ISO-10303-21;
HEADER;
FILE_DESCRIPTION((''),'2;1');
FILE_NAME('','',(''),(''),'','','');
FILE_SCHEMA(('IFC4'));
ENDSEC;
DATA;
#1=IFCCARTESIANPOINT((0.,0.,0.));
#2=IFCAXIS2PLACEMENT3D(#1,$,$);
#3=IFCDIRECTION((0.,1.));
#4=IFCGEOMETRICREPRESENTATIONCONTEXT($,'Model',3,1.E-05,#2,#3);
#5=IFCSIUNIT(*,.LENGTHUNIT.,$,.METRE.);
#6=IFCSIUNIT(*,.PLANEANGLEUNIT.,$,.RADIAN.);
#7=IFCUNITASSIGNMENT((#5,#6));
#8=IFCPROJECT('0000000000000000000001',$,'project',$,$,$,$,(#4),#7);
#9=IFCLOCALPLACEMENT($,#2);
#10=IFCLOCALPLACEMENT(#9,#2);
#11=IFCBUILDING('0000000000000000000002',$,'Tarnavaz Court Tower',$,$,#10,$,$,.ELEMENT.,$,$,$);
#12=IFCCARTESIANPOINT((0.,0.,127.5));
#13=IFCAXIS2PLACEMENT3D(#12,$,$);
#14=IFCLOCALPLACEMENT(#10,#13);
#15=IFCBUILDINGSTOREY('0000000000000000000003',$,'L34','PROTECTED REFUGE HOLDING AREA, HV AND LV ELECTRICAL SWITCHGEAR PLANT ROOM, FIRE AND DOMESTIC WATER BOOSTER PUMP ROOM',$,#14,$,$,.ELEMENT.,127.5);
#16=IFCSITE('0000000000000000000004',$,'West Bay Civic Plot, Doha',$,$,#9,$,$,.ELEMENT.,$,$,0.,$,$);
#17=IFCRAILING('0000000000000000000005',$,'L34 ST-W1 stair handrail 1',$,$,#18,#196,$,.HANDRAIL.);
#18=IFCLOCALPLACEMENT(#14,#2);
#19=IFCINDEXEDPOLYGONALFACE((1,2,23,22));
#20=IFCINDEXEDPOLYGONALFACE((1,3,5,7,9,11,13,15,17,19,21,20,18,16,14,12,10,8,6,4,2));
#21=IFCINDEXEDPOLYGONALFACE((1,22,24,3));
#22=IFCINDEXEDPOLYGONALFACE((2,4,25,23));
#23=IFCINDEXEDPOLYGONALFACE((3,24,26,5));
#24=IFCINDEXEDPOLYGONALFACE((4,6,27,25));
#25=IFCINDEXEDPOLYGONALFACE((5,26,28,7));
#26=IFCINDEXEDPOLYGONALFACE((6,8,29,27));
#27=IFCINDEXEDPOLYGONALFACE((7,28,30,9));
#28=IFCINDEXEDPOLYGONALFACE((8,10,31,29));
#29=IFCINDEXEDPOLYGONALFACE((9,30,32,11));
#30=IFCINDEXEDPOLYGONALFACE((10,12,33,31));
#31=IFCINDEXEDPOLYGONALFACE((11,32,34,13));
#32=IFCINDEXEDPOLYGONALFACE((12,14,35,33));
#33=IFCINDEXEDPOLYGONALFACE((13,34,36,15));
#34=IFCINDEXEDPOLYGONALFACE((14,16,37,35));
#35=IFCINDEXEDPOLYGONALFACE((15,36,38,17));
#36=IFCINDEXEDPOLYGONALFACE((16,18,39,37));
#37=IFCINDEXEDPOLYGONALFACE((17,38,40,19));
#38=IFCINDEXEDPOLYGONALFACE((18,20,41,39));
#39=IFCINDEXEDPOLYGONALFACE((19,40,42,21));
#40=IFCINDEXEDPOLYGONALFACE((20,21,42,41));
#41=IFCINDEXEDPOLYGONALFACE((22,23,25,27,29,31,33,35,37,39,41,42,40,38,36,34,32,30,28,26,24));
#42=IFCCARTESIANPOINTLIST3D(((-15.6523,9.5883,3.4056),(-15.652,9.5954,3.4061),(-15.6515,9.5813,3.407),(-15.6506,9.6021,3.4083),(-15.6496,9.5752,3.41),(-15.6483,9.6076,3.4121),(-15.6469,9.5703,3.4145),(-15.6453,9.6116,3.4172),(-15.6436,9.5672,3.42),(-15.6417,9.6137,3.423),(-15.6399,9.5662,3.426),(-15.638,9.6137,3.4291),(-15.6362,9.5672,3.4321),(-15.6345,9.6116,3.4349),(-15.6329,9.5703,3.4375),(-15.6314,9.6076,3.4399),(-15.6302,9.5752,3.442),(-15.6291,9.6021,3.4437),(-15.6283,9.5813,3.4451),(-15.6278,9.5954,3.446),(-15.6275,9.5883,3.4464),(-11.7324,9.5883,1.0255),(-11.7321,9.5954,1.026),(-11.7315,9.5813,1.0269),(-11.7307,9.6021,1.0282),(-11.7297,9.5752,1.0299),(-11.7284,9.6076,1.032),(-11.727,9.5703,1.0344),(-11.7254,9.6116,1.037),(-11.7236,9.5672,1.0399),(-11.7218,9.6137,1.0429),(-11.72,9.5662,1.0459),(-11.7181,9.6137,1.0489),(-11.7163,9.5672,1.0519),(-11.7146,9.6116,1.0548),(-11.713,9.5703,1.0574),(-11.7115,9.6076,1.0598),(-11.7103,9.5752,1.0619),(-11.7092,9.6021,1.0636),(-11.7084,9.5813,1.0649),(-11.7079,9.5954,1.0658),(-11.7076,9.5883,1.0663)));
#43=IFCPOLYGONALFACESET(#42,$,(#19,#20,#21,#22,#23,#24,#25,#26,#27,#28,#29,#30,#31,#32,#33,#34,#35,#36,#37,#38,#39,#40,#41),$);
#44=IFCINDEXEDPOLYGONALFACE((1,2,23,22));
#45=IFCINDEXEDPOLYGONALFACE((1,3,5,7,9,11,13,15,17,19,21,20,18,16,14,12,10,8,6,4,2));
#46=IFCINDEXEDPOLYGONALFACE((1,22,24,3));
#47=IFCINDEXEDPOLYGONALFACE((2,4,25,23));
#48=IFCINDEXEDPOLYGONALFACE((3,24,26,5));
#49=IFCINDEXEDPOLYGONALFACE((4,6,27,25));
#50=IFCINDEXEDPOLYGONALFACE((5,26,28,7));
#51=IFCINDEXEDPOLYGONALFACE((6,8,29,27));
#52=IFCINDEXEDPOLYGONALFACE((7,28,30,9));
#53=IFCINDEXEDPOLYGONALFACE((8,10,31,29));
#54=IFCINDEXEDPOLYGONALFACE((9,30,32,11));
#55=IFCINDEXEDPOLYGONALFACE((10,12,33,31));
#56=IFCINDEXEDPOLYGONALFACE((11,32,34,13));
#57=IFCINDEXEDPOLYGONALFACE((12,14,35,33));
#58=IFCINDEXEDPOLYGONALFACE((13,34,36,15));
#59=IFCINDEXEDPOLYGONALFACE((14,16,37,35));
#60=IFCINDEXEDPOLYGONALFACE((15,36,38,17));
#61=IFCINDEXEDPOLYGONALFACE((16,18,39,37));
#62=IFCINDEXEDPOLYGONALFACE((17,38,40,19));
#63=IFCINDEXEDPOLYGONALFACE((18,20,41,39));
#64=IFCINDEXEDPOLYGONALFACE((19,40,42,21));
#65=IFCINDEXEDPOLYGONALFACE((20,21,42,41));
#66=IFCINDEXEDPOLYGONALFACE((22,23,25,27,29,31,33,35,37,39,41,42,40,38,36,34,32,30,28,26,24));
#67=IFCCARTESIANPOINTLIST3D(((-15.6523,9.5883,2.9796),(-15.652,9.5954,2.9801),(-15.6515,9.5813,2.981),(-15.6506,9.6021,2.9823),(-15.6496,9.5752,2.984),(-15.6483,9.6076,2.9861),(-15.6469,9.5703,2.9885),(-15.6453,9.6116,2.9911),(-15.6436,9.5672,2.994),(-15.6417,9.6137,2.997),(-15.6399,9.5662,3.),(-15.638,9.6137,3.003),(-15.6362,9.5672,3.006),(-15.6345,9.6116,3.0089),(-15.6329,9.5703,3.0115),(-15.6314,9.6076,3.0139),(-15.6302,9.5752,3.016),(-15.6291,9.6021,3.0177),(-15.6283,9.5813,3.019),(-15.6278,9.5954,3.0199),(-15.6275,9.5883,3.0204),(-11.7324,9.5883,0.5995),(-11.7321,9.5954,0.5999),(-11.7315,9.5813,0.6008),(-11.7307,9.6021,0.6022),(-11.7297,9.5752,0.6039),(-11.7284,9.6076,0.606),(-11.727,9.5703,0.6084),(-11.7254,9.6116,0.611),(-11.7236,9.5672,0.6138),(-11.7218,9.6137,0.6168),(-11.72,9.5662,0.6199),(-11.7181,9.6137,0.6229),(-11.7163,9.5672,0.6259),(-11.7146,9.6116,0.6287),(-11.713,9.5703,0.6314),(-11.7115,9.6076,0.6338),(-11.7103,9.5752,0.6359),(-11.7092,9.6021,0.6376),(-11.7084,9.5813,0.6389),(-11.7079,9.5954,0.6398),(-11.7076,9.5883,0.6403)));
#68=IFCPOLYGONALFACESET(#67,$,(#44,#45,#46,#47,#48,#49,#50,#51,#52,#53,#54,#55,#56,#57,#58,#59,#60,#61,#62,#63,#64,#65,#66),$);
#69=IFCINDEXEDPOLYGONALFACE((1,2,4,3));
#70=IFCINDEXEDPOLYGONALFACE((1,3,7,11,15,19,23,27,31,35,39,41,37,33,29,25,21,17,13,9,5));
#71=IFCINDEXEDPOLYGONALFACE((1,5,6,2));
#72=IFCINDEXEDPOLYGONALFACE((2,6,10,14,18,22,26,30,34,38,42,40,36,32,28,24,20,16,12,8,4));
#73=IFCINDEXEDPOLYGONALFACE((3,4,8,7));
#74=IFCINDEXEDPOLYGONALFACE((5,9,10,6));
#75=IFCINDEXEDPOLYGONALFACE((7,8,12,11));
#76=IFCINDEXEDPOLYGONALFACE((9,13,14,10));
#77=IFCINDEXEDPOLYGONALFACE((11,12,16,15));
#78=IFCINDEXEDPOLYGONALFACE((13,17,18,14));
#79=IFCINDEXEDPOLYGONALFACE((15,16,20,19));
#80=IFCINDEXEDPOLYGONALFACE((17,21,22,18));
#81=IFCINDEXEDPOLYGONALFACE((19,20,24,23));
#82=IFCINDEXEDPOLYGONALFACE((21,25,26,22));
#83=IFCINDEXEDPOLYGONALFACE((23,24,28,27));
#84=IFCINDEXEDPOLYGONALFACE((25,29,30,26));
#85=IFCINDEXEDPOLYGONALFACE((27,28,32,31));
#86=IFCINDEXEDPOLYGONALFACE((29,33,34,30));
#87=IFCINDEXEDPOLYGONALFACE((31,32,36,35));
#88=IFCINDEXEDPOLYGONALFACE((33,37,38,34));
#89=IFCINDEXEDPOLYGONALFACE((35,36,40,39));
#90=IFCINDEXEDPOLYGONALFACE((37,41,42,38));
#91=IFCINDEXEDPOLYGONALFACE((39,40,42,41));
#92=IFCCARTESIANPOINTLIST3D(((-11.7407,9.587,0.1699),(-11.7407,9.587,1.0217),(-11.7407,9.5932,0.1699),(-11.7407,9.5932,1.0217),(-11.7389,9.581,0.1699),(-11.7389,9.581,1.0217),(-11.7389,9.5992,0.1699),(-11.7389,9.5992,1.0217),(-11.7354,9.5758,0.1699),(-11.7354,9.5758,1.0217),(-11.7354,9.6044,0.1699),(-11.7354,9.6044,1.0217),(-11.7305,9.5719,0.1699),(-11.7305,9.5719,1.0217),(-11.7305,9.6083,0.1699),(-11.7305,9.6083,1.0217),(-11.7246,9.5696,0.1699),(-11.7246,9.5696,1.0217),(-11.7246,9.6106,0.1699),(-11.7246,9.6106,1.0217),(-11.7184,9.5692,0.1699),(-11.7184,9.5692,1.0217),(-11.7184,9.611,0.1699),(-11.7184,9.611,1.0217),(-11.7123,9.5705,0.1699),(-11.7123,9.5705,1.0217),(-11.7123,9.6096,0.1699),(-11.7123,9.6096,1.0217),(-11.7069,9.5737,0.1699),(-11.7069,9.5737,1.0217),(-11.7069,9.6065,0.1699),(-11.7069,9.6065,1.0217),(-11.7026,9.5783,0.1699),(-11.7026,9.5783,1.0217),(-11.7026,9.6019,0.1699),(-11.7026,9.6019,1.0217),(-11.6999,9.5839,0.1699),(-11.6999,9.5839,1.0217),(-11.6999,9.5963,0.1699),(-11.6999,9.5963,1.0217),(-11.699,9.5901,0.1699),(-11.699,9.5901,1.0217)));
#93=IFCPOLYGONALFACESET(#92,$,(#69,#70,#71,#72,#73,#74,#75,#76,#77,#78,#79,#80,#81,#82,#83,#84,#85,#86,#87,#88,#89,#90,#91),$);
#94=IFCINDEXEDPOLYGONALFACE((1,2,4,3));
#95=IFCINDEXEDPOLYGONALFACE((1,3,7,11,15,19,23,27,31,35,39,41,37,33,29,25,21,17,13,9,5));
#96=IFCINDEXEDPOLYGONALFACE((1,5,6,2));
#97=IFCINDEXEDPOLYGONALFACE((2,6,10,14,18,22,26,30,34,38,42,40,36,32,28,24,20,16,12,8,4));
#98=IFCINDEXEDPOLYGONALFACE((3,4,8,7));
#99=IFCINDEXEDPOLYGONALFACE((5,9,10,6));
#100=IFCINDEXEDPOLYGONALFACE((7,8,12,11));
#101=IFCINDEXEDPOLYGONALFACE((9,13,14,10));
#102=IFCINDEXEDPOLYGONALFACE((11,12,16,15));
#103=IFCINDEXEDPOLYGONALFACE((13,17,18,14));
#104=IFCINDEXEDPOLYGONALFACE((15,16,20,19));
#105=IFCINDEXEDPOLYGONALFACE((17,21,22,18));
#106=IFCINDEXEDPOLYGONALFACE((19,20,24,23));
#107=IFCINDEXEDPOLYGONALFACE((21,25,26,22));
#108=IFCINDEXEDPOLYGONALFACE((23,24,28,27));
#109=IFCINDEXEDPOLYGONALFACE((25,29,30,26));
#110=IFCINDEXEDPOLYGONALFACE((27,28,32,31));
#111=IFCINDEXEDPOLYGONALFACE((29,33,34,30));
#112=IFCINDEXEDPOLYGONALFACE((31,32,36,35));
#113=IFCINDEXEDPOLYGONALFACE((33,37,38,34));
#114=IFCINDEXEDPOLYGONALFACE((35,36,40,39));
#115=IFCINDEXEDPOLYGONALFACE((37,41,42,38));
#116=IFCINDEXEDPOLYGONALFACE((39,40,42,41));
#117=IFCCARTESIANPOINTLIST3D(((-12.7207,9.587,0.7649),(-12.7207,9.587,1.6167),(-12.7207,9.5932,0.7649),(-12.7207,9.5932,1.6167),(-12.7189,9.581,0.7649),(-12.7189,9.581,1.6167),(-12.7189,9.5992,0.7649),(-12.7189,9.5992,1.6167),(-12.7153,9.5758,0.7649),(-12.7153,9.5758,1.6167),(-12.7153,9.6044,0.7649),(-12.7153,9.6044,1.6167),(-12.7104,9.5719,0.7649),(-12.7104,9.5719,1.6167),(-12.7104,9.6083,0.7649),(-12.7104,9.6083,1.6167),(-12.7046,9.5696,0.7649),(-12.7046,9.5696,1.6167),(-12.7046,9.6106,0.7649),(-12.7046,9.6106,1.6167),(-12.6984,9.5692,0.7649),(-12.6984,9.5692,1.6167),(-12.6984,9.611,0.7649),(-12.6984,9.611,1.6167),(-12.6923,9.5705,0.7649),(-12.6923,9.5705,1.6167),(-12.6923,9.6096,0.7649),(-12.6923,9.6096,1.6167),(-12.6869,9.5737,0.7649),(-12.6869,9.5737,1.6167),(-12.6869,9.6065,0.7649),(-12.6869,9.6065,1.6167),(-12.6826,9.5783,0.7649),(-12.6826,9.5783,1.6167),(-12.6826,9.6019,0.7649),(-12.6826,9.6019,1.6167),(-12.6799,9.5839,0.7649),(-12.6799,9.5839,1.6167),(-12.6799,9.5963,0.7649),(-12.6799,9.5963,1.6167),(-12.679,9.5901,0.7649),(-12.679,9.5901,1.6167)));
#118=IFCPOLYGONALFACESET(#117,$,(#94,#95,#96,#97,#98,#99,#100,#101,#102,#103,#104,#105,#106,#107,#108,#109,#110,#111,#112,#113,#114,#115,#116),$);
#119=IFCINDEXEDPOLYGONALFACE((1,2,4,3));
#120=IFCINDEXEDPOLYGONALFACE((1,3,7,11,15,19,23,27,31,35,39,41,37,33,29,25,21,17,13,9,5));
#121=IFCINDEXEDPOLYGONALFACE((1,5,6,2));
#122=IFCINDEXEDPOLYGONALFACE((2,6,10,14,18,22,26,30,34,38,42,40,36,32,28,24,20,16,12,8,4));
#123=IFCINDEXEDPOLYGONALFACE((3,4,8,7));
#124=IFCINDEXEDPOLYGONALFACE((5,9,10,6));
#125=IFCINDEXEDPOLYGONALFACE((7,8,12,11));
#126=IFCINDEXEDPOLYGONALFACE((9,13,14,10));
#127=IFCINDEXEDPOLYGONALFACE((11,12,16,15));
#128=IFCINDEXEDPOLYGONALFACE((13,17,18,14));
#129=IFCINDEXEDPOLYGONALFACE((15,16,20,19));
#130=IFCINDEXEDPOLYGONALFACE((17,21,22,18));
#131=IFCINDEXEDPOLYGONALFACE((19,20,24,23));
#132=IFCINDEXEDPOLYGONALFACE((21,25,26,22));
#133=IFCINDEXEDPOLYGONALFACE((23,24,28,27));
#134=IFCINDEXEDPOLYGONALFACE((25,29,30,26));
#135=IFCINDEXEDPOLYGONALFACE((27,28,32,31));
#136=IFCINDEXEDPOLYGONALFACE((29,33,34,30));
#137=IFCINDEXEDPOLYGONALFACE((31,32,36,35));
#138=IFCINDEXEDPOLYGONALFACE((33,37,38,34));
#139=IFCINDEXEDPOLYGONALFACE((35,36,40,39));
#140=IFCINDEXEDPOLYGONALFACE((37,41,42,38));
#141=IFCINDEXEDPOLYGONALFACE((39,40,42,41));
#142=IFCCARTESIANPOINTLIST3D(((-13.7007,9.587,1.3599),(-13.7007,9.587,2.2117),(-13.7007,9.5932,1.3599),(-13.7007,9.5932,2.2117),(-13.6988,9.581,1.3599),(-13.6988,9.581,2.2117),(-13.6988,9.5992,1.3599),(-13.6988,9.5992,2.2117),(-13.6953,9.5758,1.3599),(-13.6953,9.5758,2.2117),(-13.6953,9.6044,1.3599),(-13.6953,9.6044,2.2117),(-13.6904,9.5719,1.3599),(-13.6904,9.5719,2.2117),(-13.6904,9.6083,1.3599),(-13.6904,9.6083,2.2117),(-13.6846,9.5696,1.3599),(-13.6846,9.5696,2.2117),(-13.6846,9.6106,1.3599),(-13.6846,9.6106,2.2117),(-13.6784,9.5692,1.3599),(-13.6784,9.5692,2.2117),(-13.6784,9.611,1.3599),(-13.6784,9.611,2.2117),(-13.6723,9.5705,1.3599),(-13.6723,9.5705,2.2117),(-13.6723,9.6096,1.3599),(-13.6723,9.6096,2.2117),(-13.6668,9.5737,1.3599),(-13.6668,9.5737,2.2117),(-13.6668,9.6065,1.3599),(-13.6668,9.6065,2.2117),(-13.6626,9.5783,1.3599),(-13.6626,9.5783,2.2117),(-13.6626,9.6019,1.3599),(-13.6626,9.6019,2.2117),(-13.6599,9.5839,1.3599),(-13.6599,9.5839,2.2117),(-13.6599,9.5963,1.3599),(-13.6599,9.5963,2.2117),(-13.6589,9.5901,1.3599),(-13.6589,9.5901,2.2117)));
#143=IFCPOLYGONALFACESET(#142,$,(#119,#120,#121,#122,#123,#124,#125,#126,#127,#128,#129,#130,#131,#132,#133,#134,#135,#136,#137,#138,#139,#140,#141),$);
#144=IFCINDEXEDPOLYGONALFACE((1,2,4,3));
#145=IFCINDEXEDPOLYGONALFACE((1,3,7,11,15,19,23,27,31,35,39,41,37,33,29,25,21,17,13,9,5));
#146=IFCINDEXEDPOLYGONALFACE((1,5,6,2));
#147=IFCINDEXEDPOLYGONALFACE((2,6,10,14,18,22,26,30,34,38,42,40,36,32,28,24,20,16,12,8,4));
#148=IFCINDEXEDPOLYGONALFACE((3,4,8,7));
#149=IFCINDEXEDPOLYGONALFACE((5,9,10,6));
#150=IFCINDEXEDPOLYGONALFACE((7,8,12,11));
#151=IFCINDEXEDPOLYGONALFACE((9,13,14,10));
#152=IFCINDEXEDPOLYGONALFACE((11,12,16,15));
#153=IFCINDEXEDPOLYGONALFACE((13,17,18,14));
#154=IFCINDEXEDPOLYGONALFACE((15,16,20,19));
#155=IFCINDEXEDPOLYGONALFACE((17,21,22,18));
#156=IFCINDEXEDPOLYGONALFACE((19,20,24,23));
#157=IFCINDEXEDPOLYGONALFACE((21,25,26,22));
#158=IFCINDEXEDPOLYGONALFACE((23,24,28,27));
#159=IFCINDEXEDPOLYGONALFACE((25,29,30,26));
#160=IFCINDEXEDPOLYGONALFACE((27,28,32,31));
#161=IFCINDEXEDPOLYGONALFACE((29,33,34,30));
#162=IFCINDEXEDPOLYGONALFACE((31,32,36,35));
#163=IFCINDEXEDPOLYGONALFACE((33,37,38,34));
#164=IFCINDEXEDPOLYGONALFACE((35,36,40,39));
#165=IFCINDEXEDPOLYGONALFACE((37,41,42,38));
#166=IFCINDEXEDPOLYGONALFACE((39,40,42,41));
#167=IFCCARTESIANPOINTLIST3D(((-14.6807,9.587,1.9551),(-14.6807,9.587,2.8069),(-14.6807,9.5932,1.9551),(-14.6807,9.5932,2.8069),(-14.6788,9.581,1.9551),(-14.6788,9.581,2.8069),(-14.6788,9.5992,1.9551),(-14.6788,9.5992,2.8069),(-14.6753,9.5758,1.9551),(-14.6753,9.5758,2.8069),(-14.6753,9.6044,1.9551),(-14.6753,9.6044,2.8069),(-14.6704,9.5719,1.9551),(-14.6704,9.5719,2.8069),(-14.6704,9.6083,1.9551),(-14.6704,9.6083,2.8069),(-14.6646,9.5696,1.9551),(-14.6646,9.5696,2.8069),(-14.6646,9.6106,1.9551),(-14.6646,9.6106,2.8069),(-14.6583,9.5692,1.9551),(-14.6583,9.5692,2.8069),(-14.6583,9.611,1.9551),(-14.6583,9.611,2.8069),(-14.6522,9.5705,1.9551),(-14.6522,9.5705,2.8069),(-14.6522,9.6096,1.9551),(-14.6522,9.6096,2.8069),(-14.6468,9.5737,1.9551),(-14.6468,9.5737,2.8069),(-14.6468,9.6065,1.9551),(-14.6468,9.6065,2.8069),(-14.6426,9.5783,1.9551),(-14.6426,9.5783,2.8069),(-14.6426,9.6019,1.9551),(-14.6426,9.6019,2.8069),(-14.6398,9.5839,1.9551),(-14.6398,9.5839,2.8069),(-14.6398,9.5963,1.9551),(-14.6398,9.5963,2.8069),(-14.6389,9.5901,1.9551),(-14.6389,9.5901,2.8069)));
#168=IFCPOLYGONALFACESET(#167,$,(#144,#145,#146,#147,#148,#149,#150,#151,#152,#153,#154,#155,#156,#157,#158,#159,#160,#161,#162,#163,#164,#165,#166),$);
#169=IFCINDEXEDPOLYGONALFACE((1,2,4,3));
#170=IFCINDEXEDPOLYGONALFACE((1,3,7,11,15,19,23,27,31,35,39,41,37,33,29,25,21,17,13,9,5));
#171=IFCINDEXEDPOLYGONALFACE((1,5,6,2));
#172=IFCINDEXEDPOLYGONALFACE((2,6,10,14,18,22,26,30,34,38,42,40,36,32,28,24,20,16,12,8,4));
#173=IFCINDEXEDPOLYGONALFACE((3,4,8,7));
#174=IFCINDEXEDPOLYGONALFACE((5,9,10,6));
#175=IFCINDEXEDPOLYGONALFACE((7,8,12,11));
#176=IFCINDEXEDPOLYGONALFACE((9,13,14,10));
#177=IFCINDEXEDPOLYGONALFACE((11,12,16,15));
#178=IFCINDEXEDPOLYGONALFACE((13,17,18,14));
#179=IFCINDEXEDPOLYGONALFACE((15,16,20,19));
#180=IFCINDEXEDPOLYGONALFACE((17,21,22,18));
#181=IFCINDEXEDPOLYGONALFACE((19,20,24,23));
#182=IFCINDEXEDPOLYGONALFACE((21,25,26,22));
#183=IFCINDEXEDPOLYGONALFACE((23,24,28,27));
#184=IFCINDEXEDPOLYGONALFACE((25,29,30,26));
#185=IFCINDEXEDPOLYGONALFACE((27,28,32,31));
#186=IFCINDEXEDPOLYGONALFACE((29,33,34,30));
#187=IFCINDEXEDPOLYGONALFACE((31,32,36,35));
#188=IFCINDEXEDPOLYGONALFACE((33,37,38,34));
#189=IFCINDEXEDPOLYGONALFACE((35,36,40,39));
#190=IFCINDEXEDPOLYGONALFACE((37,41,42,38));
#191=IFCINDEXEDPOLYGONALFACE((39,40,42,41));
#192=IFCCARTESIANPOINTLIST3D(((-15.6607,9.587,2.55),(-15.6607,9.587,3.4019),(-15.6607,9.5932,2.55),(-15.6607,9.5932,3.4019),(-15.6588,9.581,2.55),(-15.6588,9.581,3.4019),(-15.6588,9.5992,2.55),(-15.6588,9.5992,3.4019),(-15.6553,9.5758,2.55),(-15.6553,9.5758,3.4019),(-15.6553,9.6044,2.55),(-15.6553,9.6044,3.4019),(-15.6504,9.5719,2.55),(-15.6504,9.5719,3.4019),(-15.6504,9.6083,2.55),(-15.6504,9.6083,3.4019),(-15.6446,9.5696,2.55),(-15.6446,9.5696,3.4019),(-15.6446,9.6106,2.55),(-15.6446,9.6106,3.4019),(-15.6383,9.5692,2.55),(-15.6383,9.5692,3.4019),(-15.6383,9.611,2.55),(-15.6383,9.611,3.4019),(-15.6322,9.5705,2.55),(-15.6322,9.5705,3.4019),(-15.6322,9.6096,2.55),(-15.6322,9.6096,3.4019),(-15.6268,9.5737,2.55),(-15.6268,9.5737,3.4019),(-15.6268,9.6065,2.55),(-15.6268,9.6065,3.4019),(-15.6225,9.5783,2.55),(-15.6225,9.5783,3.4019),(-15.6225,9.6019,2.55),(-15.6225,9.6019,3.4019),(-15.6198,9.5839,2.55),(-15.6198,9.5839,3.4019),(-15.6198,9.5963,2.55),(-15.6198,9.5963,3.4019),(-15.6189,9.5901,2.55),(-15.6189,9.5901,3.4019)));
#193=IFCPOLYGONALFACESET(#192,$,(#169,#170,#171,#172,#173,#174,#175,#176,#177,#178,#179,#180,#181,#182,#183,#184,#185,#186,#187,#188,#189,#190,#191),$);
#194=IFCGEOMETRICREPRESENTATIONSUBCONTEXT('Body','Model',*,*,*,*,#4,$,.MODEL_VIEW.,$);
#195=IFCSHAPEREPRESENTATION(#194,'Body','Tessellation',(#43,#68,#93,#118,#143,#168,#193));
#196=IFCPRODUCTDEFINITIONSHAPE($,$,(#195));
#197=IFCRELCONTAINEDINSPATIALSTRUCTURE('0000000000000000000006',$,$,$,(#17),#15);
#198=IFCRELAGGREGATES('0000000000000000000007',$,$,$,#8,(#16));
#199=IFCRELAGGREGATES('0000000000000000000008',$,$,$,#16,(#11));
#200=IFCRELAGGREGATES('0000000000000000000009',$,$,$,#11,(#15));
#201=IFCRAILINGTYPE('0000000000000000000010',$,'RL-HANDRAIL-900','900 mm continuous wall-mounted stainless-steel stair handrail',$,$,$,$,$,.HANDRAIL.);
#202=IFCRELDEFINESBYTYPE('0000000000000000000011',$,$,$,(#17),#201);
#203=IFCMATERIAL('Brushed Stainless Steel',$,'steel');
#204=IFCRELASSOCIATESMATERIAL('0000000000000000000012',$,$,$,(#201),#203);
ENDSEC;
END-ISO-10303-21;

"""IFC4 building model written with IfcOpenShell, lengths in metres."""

from ifc_helpers import new_model, si_unit, direction, frame, origin, origin_2d, place, context, subcontext, project, spatial, circle, extrude, material, type_object, element, save


model = new_model("IFC4")

# Units and contexts
model_context = context("Model", 3, precision=1e-05, world=origin(), true_north=direction((0.0, 1.0)))
body_context = subcontext(model_context, "Body", "Model", "MODEL_VIEW")
ifc_project = project(units=[si_unit("LENGTHUNIT", "METRE"), si_unit("PLANEANGLEUNIT", "RADIAN")], contexts=[model_context])

# Site, building, storey
site_placement = place(None, origin())
site = spatial("IfcSite", under=ifc_project, at=site_placement, Name="West Bay Civic Plot, Doha", CompositionType="ELEMENT", RefElevation=0.0)
building_placement = place(site_placement, origin())
building = spatial("IfcBuilding", under=site, at=building_placement, Name="Tarnavaz Court Tower", CompositionType="ELEMENT")
storey_placement = place(building_placement, frame((0.0, 0.0, 127.5)))
storey = spatial("IfcBuildingStorey", under=building, at=storey_placement, Name="L34", Description="PROTECTED REFUGE HOLDING AREA, HV AND LV ELECTRICAL SWITCHGEAR PLANT ROOM, FIRE AND DOMESTIC WATER BOOSTER PUMP ROOM", CompositionType="ELEMENT", Elevation=127.5)

# Railing
ifc_material_1 = material(Name="Brushed Stainless Steel", Category="steel")
railing_type_1 = type_object("IfcRailingType", Name="RL-HANDRAIL-900", Description="900 mm continuous wall-mounted stainless-steel stair handrail", PredefinedType="HANDRAIL", material=ifc_material_1)
railing_1_placement = place(storey_placement, frame((-11.72, 9.5901, 0.1699)))
element("IfcRailing", 1, at=railing_1_placement, inside=storey, type_object=railing_type_1, Name="L34 ST-W1 stair handrail 1", PredefinedType="HANDRAIL", context=body_context, shape_type="SweptSolid", body=[
    extrude(circle(Radius=0.0239, at=origin_2d()), frame((0.0, 0.0, 0.876), z_axis=(-0.854771, 0.0, 0.519006), x_axis=(0.0, -1.0, 0.0)), (0.0, 0.0, 1.0), 4.5859),
    extrude(circle(Radius=0.0239, at=origin_2d()), frame((0.0, 0.0, 0.45), z_axis=(-0.854771, 0.0, 0.519006), x_axis=(0.0, -1.0, 0.0)), (0.0, 0.0, 1.0), 4.5859),
    extrude(circle(Radius=0.021, at=origin_2d()), origin(), (0.0, 0.0, 1.0), 0.8518),
    extrude(circle(Radius=0.021, at=origin_2d()), frame((-0.98, 0.0, 0.595)), (0.0, 0.0, 1.0), 0.8518),
    extrude(circle(Radius=0.021, at=origin_2d()), frame((-1.96, 0.0, 1.1899)), (0.0, 0.0, 1.0), 0.8518),
    extrude(circle(Radius=0.021, at=origin_2d()), frame((-2.9399, 0.0, 1.7852)), (0.0, 0.0, 1.0), 0.8518),
    extrude(circle(Radius=0.021, at=origin_2d()), frame((-3.9199, 0.0, 2.3801)), (0.0, 0.0, 1.0), 0.8518),
])

save(model, "model.ifc")
